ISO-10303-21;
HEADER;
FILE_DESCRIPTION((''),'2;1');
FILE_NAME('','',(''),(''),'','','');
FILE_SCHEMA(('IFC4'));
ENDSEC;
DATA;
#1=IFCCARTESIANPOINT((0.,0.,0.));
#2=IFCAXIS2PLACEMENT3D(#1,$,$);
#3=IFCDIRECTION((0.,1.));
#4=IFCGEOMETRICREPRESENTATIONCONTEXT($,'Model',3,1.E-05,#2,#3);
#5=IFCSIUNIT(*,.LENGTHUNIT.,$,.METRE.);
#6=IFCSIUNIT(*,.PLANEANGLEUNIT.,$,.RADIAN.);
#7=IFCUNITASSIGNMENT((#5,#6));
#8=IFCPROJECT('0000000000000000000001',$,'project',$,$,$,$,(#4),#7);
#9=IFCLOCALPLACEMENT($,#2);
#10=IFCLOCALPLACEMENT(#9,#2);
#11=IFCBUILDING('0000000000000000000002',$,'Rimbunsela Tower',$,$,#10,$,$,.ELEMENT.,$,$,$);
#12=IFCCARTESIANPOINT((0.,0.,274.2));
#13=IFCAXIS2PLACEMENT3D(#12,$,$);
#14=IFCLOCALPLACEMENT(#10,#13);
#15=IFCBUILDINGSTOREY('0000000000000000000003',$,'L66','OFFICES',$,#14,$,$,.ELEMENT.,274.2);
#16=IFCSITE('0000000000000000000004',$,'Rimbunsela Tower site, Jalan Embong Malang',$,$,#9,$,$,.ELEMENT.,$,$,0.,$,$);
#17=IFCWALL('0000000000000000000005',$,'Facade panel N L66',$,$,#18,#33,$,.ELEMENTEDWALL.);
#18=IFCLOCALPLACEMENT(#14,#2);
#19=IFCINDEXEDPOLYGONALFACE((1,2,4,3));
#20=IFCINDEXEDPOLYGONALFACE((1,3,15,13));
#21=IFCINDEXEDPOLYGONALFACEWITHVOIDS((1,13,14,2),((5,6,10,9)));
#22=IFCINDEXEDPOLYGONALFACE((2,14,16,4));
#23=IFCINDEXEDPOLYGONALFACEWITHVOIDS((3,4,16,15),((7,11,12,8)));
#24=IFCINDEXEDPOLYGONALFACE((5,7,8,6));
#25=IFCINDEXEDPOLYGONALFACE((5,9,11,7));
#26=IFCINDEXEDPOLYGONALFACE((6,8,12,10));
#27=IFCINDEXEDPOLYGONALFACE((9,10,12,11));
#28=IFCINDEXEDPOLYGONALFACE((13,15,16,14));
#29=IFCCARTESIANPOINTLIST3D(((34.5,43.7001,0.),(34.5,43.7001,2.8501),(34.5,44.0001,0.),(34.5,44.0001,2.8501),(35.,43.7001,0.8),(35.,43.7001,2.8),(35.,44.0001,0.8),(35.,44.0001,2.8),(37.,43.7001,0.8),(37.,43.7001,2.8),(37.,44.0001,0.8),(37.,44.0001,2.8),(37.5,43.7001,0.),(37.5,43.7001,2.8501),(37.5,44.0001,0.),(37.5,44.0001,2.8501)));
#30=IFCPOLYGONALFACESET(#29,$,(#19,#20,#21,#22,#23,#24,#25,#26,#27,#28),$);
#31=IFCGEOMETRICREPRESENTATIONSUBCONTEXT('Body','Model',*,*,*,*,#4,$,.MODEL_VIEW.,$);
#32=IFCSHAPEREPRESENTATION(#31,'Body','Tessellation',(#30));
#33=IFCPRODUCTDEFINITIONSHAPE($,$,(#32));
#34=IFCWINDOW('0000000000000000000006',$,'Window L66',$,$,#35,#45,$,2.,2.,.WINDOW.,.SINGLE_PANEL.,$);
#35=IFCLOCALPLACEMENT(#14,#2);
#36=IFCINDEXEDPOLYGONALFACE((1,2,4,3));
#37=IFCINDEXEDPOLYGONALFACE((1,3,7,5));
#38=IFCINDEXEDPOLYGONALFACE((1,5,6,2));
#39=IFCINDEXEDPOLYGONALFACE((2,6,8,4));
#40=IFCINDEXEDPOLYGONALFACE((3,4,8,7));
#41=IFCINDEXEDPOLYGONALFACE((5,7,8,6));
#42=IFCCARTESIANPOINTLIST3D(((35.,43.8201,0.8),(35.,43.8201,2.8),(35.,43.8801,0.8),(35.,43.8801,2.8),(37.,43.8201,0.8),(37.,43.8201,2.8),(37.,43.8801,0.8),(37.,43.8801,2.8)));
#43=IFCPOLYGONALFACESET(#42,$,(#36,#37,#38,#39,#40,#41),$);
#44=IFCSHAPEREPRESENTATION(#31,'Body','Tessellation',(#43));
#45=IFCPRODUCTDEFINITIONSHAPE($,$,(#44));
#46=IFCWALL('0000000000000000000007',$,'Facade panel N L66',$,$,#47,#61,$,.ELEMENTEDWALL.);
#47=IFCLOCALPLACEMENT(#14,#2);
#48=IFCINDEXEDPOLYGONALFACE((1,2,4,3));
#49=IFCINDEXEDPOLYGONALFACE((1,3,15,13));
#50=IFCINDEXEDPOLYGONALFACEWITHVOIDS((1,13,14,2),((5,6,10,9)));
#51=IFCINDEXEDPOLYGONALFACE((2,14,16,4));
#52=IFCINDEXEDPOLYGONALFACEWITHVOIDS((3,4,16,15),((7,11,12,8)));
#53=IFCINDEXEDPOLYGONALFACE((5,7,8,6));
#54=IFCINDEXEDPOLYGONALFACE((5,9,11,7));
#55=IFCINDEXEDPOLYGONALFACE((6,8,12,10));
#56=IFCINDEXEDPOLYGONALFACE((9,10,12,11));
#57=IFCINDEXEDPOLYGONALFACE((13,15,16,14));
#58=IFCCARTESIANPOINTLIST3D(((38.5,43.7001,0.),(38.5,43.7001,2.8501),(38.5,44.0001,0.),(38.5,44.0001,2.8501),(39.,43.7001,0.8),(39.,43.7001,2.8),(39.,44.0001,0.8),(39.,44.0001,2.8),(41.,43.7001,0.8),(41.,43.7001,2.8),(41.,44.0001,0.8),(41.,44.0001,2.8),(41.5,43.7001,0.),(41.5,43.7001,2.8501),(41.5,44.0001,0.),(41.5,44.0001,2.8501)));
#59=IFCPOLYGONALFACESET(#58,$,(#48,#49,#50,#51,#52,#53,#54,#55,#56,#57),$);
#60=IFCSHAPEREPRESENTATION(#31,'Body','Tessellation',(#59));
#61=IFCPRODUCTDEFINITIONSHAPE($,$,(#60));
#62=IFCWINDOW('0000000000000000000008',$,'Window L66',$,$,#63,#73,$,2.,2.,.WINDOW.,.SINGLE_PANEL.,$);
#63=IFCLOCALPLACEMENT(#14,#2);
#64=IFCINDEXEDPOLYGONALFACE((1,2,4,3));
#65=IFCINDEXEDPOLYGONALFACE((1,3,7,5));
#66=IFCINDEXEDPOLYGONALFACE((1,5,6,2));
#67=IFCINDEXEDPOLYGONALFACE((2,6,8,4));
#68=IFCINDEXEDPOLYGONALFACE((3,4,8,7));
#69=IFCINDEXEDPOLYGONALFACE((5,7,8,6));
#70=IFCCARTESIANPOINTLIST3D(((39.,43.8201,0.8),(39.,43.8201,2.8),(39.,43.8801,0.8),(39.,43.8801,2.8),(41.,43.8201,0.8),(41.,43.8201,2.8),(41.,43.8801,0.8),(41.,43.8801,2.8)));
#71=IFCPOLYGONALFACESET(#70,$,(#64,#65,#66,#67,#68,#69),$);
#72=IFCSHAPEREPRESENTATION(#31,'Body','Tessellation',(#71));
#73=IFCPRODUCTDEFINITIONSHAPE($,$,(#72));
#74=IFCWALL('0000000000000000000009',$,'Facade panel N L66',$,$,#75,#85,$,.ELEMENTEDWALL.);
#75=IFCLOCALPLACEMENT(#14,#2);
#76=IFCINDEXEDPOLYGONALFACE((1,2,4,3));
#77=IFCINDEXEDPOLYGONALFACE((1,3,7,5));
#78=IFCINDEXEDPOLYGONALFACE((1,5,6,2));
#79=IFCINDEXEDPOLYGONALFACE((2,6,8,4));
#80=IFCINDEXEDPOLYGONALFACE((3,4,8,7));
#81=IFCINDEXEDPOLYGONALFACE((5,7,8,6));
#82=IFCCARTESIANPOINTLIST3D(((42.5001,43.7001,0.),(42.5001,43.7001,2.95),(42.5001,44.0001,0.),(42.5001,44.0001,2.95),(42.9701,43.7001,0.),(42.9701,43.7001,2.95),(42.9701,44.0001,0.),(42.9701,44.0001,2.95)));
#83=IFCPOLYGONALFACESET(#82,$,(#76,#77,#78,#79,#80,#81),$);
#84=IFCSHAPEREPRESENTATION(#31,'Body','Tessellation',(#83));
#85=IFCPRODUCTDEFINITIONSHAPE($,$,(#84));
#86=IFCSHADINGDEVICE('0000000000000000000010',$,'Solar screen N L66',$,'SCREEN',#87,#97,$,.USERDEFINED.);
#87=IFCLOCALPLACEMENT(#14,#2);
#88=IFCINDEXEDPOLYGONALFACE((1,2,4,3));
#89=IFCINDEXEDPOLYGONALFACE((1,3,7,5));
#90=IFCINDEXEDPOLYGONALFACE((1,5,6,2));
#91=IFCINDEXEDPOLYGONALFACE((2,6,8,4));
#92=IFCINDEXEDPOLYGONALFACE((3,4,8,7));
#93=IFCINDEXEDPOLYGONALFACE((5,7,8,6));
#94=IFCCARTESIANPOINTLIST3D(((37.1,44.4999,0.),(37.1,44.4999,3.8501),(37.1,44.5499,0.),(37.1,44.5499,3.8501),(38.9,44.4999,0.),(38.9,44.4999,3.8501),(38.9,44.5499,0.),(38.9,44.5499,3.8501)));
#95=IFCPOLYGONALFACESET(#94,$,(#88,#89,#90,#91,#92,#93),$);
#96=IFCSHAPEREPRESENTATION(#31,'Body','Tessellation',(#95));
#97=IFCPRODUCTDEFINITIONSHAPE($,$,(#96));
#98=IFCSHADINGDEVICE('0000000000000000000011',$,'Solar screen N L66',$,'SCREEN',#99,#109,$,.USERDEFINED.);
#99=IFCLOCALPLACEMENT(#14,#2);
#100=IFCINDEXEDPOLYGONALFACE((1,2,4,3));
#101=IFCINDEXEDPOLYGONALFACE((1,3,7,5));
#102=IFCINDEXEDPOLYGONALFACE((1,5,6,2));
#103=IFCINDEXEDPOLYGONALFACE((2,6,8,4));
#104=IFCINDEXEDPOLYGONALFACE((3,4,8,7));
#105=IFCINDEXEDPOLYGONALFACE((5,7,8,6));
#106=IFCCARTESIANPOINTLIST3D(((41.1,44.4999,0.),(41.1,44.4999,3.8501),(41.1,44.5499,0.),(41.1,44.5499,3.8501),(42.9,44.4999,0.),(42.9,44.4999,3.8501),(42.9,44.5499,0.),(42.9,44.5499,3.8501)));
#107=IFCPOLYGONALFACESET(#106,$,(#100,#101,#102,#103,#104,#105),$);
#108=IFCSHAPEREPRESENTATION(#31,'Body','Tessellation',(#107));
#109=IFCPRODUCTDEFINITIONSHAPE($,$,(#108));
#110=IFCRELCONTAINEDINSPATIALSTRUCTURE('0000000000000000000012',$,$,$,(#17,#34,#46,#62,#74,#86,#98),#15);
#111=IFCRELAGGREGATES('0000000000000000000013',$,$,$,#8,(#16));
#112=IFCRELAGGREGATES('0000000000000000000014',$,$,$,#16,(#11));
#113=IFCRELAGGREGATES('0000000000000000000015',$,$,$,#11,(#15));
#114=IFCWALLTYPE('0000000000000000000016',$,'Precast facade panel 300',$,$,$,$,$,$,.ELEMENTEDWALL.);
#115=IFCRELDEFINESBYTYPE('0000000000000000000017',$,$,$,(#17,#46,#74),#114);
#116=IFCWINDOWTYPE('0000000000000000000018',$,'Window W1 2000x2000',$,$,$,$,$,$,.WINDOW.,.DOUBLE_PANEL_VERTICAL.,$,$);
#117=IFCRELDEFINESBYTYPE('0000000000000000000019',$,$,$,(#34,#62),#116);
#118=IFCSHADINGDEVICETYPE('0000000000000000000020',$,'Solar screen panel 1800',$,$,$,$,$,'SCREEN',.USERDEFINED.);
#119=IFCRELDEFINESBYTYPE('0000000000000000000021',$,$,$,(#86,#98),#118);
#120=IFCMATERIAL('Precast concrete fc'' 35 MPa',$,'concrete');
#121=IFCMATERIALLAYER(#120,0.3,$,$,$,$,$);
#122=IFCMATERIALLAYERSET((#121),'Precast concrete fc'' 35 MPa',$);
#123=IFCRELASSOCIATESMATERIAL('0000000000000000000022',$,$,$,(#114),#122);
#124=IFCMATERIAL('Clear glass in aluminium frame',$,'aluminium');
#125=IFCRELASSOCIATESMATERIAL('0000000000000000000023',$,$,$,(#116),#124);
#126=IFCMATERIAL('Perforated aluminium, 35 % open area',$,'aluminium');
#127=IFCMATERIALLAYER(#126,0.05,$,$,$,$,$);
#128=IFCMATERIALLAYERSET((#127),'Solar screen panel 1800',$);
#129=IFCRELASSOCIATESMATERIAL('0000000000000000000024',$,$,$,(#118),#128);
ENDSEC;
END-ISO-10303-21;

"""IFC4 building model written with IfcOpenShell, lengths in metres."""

from ifc_helpers import new_model, si_unit, direction, frame, frame_2d, origin, origin_2d, place, context, subcontext, project, spatial, rectangle, extrude, material, layer, layer_set, type_object, element, fill, save


model = new_model("IFC4")

# Units and contexts
model_context = context("Model", 3, precision=1e-05, world=origin(), true_north=direction((0.0, 1.0)))
body_context = subcontext(model_context, "Body", "Model", "MODEL_VIEW")
ifc_project = project(units=[si_unit("LENGTHUNIT", "METRE"), si_unit("PLANEANGLEUNIT", "RADIAN")], contexts=[model_context])

# Site, building, storey
site_placement = place(None, origin())
site = spatial("IfcSite", under=ifc_project, at=site_placement, Name="Rimbunsela Tower site, Jalan Embong Malang", CompositionType="ELEMENT", RefElevation=0.0)
building_placement = place(site_placement, origin())
building = spatial("IfcBuilding", under=site, at=building_placement, Name="Rimbunsela Tower", CompositionType="ELEMENT")
storey_placement = place(building_placement, frame((0.0, 0.0, 274.2)))
storey = spatial("IfcBuildingStorey", under=building, at=storey_placement, Name="L66", Description="OFFICES", CompositionType="ELEMENT", Elevation=274.2)

# Walls, openings, windows
ifc_material_1 = material(Name="Precast concrete fc' 35 MPa", Category="concrete")
ifc_layer_1 = layer(ifc_material_1, 0.3)
ifc_layer_set_1 = layer_set([ifc_layer_1], Name="Precast concrete fc' 35 MPa")
wall_type = type_object("IfcWallType", Name="Precast facade panel 300", PredefinedType="ELEMENTEDWALL", material=ifc_layer_set_1)
wall_1_placement = place(storey_placement, frame((37.5, 43.8501, 0.0), z_axis=(0.0, 0.0, 1.0), x_axis=(-1.0, 0.0, 0.0)))
wall_1 = element("IfcWall", 1, at=wall_1_placement, inside=storey, type_object=wall_type, Name="Facade panel N L66", PredefinedType="ELEMENTEDWALL", context=body_context, shape_type="SweptSolid", body=[
    extrude(rectangle(XDim=3.0, YDim=0.3, at=frame_2d((1.5, 0.0))), origin(), (0.0, 0.0, 1.0), 2.8501),
])
opening_1_placement = place(wall_1_placement, frame((0.5, 0.0, 0.8)))
opening_1 = element("IfcOpeningElement", 2, at=opening_1_placement, cuts=wall_1, PredefinedType="OPENING", context=body_context, shape_type="SweptSolid", body=[
    extrude(rectangle(XDim=2.0, YDim=2.0, at=frame_2d((1.0, 1.0))), frame((0.0, 0.1599, 0.0), z_axis=(0.0, -1.0, 0.0), x_axis=(1.0, 0.0, 0.0)), (0.0, 0.0, 1.0), 0.3201),
])
ifc_material_2 = material(Name="Clear glass in aluminium frame", Category="aluminium")
window_type = type_object("IfcWindowType", Name="Window W1 2000x2000", PartitioningType="DOUBLE_PANEL_VERTICAL", PredefinedType="WINDOW", material=ifc_material_2)
window_1_placement = place(opening_1_placement, origin())
window_1 = element("IfcWindow", 3, at=window_1_placement, inside=storey, type_object=window_type, Name="Window L66", OverallHeight=2.0, OverallWidth=2.0, PartitioningType="SINGLE_PANEL", PredefinedType="WINDOW", context=body_context, shape_type="SweptSolid", body=[
    extrude(rectangle(XDim=2.0, YDim=2.0, at=frame_2d((1.0, 1.0))), frame((0.0, 0.03, 0.0), z_axis=(0.0, -1.0, 0.0), x_axis=(1.0, 0.0, 0.0)), (0.0, 0.0, 1.0), 0.0601),
])
fill(opening_1, window_1)
wall_2_placement = place(storey_placement, frame((41.5, 43.8501, 0.0), z_axis=(0.0, 0.0, 1.0), x_axis=(-1.0, 0.0, 0.0)))
wall_2 = element("IfcWall", 4, at=wall_2_placement, inside=storey, type_object=wall_type, Name="Facade panel N L66", PredefinedType="ELEMENTEDWALL", context=body_context, shape_type="SweptSolid", body=[
    extrude(rectangle(XDim=3.0, YDim=0.3, at=frame_2d((1.5, 0.0))), origin(), (0.0, 0.0, 1.0), 2.8501),
])
opening_2_placement = place(wall_2_placement, frame((0.5, 0.0, 0.8)))
opening_2 = element("IfcOpeningElement", 5, at=opening_2_placement, cuts=wall_2, PredefinedType="OPENING", context=body_context, shape_type="SweptSolid", body=[
    extrude(rectangle(XDim=2.0, YDim=2.0, at=frame_2d((1.0, 1.0))), frame((0.0, 0.1599, 0.0), z_axis=(0.0, -1.0, 0.0), x_axis=(1.0, 0.0, 0.0)), (0.0, 0.0, 1.0), 0.3201),
])
window_2_placement = place(opening_2_placement, origin())
window_2 = element("IfcWindow", 6, at=window_2_placement, inside=storey, type_object=window_type, Name="Window L66", OverallHeight=2.0, OverallWidth=2.0, PartitioningType="SINGLE_PANEL", PredefinedType="WINDOW", context=body_context, shape_type="SweptSolid", body=[
    extrude(rectangle(XDim=2.0, YDim=2.0, at=frame_2d((1.0, 1.0))), frame((0.0, 0.03, 0.0), z_axis=(0.0, -1.0, 0.0), x_axis=(1.0, 0.0, 0.0)), (0.0, 0.0, 1.0), 0.0601),
])
fill(opening_2, window_2)

# Wall
wall_3_placement = place(storey_placement, frame((42.97, 43.8501, 0.0), z_axis=(0.0, 0.0, 1.0), x_axis=(-1.0, 0.0, 0.0)))
element("IfcWall", 7, at=wall_3_placement, inside=storey, type_object=wall_type, Name="Facade panel N L66", PredefinedType="ELEMENTEDWALL", context=body_context, shape_type="SweptSolid", body=[
    extrude(rectangle(XDim=0.47, YDim=0.3, at=frame_2d((0.2349, 0.0))), origin(), (0.0, 0.0, 1.0), 2.95),
])

# Shading devices
ifc_material_3 = material(Name="Perforated aluminium, 35 % open area", Category="aluminium")
ifc_layer_2 = layer(ifc_material_3, 0.05)
ifc_layer_set_2 = layer_set([ifc_layer_2], Name="Solar screen panel 1800")
shading_device_type = type_object("IfcShadingDeviceType", Name="Solar screen panel 1800", ElementType="SCREEN", PredefinedType="USERDEFINED", material=ifc_layer_set_2)
for number, where, z_axis, x_axis, name in (
    (8, (38.0, 44.5249, 0.0), (0.0, 0.0, 1.0), (1.0, 0.0, 0.0), "Solar screen N L66"),
    (9, (42.0, 44.5249, 0.0), (0.0, 0.0, 1.0), (1.0, 0.0, 0.0), "Solar screen N L66"),
):
    element("IfcShadingDevice", number, at=place(storey_placement, frame(where, z_axis=z_axis, x_axis=x_axis)), inside=storey, type_object=shading_device_type, Name=name, ObjectType="SCREEN", PredefinedType="USERDEFINED", context=body_context, shape_type="SweptSolid", body=[
        extrude(rectangle(XDim=1.8, YDim=0.05, at=origin_2d()), origin(), (0.0, 0.0, 1.0), 3.8501),
    ])

save(model, "model.ifc")
